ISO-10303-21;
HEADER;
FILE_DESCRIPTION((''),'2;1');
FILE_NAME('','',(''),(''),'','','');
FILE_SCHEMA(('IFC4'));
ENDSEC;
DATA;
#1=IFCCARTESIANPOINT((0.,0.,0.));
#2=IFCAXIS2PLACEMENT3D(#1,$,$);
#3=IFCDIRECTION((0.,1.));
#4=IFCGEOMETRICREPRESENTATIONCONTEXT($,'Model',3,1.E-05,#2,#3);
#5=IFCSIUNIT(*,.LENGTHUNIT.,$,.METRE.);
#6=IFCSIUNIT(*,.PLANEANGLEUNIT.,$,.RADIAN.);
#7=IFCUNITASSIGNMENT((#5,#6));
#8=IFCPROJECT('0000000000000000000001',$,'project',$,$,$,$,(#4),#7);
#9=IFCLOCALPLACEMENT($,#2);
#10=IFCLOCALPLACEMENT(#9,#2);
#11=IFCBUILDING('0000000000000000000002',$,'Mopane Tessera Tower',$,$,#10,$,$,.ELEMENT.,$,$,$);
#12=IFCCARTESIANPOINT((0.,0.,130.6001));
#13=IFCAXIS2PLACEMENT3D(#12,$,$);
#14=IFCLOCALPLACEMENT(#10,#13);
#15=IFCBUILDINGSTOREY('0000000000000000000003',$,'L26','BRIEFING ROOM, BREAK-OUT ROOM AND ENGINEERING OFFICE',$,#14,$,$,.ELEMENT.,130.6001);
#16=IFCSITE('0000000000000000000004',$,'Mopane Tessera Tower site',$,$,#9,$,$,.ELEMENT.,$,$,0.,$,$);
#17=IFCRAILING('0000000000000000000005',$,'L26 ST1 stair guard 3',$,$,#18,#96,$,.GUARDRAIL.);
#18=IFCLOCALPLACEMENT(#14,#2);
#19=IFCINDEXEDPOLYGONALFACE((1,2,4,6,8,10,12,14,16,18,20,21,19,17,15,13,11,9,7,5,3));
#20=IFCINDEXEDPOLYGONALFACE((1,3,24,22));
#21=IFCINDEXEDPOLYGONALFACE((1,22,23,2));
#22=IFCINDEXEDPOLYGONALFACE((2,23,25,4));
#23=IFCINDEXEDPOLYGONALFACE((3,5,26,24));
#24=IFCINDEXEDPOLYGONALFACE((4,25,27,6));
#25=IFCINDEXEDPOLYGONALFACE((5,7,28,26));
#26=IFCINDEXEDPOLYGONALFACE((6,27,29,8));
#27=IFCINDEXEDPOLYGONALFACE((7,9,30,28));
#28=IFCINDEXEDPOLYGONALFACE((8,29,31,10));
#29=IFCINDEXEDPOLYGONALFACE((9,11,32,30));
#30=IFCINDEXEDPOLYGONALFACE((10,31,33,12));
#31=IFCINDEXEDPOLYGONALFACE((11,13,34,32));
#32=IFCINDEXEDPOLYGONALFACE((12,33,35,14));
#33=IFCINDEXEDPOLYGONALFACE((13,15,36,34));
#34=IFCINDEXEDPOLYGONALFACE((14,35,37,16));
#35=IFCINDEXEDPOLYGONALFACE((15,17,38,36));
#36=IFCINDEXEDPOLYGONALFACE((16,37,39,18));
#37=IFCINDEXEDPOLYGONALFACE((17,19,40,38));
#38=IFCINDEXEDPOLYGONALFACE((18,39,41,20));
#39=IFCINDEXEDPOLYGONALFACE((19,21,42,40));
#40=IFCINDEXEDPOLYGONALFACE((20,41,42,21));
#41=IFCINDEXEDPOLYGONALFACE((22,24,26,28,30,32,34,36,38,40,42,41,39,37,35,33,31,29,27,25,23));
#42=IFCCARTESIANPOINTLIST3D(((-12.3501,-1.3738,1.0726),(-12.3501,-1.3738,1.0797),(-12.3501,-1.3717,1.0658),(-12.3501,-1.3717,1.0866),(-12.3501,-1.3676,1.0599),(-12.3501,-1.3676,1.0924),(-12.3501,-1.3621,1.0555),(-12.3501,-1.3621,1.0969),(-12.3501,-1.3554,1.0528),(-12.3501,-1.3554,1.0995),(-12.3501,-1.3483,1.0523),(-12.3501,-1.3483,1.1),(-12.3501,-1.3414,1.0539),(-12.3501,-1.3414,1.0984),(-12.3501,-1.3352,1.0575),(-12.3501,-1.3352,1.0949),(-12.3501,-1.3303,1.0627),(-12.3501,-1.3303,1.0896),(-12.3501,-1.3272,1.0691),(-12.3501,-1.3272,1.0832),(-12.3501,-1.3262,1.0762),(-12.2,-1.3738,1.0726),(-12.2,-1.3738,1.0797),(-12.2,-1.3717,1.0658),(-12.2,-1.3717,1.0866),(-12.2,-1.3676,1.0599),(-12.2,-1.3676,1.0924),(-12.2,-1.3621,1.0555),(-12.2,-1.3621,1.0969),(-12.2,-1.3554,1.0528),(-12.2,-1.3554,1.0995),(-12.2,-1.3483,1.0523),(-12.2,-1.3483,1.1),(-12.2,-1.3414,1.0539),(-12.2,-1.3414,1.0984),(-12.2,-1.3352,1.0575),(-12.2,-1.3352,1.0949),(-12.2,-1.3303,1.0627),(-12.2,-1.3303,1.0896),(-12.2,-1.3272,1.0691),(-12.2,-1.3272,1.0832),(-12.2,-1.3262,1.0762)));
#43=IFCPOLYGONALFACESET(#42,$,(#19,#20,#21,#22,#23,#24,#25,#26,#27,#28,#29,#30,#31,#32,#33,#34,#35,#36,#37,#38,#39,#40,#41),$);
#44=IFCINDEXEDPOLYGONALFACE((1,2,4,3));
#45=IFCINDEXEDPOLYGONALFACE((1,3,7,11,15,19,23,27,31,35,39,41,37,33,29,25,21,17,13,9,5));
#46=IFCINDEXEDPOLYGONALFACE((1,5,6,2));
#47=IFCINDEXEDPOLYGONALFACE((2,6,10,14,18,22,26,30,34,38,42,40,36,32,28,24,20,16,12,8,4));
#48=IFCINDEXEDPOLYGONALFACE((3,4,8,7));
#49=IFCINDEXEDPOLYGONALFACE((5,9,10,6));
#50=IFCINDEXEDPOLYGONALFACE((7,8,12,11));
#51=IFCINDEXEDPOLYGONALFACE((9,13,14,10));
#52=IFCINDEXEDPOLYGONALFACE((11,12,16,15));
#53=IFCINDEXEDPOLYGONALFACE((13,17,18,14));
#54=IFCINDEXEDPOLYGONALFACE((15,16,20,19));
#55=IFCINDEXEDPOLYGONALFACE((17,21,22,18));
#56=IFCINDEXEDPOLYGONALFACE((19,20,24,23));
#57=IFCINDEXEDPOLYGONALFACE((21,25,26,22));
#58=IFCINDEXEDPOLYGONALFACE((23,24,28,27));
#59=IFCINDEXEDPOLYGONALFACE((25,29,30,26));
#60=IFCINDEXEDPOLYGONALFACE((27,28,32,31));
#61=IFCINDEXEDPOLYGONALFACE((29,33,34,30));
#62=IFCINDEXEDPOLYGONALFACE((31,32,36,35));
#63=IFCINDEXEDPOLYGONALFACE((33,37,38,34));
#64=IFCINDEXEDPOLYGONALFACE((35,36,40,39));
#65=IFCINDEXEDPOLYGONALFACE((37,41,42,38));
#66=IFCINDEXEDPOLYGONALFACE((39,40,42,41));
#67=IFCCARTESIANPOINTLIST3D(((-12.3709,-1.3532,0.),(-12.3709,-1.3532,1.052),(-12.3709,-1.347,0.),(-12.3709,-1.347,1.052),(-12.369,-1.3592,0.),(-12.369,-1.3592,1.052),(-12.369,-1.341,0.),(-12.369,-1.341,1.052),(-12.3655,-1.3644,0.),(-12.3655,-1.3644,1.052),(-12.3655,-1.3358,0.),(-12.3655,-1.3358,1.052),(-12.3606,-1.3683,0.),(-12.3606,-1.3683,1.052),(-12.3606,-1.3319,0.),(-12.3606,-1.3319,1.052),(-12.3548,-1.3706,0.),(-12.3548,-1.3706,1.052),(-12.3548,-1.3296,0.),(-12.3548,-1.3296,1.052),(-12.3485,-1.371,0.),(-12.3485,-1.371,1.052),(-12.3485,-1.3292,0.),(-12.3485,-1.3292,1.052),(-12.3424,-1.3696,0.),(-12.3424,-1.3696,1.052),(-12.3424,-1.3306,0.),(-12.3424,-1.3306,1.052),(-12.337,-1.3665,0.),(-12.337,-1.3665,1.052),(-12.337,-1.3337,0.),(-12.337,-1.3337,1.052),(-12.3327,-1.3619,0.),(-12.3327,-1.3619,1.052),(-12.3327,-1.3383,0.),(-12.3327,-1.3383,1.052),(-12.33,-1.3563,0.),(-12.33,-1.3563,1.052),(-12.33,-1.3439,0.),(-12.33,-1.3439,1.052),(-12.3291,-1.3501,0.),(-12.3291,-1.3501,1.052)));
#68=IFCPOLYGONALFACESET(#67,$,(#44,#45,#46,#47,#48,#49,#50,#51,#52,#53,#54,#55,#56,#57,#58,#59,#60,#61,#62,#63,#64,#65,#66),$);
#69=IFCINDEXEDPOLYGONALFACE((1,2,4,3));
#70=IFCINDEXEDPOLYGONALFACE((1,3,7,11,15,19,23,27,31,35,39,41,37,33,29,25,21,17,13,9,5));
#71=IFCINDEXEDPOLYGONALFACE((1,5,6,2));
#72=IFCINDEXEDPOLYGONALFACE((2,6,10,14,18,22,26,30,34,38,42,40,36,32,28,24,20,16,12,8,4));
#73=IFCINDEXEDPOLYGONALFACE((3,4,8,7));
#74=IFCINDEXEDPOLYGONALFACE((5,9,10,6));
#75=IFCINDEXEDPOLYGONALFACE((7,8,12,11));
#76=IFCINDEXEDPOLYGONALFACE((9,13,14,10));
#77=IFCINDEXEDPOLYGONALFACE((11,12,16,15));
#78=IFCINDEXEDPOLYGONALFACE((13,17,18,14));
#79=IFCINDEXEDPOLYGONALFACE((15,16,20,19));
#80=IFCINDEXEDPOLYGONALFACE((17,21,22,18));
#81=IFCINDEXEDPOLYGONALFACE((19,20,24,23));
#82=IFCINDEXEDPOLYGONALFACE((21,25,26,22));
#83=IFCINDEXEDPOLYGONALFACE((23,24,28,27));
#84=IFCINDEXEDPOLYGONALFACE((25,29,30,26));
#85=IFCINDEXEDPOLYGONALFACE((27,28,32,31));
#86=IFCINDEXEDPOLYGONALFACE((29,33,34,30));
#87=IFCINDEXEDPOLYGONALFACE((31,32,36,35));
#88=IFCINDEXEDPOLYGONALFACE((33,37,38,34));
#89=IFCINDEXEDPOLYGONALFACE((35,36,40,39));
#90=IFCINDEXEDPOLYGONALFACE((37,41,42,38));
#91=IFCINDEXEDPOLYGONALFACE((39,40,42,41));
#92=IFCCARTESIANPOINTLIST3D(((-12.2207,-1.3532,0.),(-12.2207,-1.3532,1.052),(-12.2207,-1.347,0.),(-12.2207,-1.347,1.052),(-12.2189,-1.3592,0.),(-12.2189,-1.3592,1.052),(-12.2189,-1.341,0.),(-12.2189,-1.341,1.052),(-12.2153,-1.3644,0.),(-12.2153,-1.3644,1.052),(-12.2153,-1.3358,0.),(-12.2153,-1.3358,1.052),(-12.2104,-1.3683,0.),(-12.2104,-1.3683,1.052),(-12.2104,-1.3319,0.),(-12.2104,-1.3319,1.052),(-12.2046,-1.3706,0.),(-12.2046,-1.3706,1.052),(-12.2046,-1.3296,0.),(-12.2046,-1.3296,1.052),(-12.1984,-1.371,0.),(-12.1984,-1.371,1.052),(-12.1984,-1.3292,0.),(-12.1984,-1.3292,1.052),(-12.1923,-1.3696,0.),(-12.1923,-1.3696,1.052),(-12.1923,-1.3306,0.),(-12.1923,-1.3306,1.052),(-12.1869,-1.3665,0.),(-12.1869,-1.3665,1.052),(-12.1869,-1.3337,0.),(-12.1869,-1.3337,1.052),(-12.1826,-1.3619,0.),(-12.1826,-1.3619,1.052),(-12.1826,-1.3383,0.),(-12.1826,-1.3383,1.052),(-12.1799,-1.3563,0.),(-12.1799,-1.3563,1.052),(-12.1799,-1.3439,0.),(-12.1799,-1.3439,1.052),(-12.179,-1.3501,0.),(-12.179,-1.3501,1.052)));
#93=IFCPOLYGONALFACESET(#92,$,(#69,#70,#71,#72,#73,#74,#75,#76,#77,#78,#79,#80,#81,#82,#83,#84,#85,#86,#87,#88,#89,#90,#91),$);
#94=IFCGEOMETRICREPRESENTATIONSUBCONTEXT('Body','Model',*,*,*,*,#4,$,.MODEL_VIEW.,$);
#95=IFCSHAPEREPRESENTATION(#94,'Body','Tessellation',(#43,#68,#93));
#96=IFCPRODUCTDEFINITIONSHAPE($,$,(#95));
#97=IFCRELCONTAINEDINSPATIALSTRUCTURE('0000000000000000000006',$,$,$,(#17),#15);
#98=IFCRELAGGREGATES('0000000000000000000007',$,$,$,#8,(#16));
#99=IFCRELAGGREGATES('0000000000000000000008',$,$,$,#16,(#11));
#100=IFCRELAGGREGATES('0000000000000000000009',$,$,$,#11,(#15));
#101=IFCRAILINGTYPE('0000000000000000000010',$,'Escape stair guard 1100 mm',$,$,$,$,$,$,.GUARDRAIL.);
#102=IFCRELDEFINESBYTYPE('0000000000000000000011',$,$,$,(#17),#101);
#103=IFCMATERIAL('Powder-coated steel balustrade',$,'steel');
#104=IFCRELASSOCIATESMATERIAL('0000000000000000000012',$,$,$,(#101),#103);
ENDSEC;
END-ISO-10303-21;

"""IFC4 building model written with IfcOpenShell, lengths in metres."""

from ifc_helpers import new_model, si_unit, direction, frame, origin, origin_2d, place, context, subcontext, project, spatial, circle, extrude, material, type_object, element, save


model = new_model("IFC4")

# Units and contexts
model_context = context("Model", 3, precision=1e-05, world=origin(), true_north=direction((0.0, 1.0)))
body_context = subcontext(model_context, "Body", "Model", "MODEL_VIEW")
ifc_project = project(units=[si_unit("LENGTHUNIT", "METRE"), si_unit("PLANEANGLEUNIT", "RADIAN")], contexts=[model_context])

# Site, building, storey
site_placement = place(None, origin())
site = spatial("IfcSite", under=ifc_project, at=site_placement, Name="Mopane Tessera Tower site", CompositionType="ELEMENT", RefElevation=0.0)
building_placement = place(site_placement, origin())
building = spatial("IfcBuilding", under=site, at=building_placement, Name="Mopane Tessera Tower", CompositionType="ELEMENT")
storey_placement = place(building_placement, frame((0.0, 0.0, 130.6001)))
storey = spatial("IfcBuildingStorey", under=building, at=storey_placement, Name="L26", Description="BRIEFING ROOM, BREAK-OUT ROOM AND ENGINEERING OFFICE", CompositionType="ELEMENT", Elevation=130.6001)

# Railing
ifc_material_1 = material(Name="Powder-coated steel balustrade", Category="steel")
railing_type_1 = type_object("IfcRailingType", Name="Escape stair guard 1100 mm", PredefinedType="GUARDRAIL", material=ifc_material_1)
railing_1_placement = place(storey_placement, frame((-12.3501, -1.3501, 0.0)))
element("IfcRailing", 1, at=railing_1_placement, inside=storey, type_object=railing_type_1, Name="L26 ST1 stair guard 3", PredefinedType="GUARDRAIL", context=body_context, shape_type="SweptSolid", body=[
    extrude(circle(Radius=0.0239, at=origin_2d()), frame((0.0, 0.0, 1.0762), z_axis=(1.0, 0.0, 0.0), x_axis=(0.0, 1.0, 0.0)), (0.0, 0.0, 1.0), 0.1501),
    extrude(circle(Radius=0.021, at=origin_2d()), origin(), (0.0, 0.0, 1.0), 1.052),
    extrude(circle(Radius=0.021, at=origin_2d()), frame((0.1501, 0.0, 0.0)), (0.0, 0.0, 1.0), 1.052),
])

save(model, "model.ifc")
